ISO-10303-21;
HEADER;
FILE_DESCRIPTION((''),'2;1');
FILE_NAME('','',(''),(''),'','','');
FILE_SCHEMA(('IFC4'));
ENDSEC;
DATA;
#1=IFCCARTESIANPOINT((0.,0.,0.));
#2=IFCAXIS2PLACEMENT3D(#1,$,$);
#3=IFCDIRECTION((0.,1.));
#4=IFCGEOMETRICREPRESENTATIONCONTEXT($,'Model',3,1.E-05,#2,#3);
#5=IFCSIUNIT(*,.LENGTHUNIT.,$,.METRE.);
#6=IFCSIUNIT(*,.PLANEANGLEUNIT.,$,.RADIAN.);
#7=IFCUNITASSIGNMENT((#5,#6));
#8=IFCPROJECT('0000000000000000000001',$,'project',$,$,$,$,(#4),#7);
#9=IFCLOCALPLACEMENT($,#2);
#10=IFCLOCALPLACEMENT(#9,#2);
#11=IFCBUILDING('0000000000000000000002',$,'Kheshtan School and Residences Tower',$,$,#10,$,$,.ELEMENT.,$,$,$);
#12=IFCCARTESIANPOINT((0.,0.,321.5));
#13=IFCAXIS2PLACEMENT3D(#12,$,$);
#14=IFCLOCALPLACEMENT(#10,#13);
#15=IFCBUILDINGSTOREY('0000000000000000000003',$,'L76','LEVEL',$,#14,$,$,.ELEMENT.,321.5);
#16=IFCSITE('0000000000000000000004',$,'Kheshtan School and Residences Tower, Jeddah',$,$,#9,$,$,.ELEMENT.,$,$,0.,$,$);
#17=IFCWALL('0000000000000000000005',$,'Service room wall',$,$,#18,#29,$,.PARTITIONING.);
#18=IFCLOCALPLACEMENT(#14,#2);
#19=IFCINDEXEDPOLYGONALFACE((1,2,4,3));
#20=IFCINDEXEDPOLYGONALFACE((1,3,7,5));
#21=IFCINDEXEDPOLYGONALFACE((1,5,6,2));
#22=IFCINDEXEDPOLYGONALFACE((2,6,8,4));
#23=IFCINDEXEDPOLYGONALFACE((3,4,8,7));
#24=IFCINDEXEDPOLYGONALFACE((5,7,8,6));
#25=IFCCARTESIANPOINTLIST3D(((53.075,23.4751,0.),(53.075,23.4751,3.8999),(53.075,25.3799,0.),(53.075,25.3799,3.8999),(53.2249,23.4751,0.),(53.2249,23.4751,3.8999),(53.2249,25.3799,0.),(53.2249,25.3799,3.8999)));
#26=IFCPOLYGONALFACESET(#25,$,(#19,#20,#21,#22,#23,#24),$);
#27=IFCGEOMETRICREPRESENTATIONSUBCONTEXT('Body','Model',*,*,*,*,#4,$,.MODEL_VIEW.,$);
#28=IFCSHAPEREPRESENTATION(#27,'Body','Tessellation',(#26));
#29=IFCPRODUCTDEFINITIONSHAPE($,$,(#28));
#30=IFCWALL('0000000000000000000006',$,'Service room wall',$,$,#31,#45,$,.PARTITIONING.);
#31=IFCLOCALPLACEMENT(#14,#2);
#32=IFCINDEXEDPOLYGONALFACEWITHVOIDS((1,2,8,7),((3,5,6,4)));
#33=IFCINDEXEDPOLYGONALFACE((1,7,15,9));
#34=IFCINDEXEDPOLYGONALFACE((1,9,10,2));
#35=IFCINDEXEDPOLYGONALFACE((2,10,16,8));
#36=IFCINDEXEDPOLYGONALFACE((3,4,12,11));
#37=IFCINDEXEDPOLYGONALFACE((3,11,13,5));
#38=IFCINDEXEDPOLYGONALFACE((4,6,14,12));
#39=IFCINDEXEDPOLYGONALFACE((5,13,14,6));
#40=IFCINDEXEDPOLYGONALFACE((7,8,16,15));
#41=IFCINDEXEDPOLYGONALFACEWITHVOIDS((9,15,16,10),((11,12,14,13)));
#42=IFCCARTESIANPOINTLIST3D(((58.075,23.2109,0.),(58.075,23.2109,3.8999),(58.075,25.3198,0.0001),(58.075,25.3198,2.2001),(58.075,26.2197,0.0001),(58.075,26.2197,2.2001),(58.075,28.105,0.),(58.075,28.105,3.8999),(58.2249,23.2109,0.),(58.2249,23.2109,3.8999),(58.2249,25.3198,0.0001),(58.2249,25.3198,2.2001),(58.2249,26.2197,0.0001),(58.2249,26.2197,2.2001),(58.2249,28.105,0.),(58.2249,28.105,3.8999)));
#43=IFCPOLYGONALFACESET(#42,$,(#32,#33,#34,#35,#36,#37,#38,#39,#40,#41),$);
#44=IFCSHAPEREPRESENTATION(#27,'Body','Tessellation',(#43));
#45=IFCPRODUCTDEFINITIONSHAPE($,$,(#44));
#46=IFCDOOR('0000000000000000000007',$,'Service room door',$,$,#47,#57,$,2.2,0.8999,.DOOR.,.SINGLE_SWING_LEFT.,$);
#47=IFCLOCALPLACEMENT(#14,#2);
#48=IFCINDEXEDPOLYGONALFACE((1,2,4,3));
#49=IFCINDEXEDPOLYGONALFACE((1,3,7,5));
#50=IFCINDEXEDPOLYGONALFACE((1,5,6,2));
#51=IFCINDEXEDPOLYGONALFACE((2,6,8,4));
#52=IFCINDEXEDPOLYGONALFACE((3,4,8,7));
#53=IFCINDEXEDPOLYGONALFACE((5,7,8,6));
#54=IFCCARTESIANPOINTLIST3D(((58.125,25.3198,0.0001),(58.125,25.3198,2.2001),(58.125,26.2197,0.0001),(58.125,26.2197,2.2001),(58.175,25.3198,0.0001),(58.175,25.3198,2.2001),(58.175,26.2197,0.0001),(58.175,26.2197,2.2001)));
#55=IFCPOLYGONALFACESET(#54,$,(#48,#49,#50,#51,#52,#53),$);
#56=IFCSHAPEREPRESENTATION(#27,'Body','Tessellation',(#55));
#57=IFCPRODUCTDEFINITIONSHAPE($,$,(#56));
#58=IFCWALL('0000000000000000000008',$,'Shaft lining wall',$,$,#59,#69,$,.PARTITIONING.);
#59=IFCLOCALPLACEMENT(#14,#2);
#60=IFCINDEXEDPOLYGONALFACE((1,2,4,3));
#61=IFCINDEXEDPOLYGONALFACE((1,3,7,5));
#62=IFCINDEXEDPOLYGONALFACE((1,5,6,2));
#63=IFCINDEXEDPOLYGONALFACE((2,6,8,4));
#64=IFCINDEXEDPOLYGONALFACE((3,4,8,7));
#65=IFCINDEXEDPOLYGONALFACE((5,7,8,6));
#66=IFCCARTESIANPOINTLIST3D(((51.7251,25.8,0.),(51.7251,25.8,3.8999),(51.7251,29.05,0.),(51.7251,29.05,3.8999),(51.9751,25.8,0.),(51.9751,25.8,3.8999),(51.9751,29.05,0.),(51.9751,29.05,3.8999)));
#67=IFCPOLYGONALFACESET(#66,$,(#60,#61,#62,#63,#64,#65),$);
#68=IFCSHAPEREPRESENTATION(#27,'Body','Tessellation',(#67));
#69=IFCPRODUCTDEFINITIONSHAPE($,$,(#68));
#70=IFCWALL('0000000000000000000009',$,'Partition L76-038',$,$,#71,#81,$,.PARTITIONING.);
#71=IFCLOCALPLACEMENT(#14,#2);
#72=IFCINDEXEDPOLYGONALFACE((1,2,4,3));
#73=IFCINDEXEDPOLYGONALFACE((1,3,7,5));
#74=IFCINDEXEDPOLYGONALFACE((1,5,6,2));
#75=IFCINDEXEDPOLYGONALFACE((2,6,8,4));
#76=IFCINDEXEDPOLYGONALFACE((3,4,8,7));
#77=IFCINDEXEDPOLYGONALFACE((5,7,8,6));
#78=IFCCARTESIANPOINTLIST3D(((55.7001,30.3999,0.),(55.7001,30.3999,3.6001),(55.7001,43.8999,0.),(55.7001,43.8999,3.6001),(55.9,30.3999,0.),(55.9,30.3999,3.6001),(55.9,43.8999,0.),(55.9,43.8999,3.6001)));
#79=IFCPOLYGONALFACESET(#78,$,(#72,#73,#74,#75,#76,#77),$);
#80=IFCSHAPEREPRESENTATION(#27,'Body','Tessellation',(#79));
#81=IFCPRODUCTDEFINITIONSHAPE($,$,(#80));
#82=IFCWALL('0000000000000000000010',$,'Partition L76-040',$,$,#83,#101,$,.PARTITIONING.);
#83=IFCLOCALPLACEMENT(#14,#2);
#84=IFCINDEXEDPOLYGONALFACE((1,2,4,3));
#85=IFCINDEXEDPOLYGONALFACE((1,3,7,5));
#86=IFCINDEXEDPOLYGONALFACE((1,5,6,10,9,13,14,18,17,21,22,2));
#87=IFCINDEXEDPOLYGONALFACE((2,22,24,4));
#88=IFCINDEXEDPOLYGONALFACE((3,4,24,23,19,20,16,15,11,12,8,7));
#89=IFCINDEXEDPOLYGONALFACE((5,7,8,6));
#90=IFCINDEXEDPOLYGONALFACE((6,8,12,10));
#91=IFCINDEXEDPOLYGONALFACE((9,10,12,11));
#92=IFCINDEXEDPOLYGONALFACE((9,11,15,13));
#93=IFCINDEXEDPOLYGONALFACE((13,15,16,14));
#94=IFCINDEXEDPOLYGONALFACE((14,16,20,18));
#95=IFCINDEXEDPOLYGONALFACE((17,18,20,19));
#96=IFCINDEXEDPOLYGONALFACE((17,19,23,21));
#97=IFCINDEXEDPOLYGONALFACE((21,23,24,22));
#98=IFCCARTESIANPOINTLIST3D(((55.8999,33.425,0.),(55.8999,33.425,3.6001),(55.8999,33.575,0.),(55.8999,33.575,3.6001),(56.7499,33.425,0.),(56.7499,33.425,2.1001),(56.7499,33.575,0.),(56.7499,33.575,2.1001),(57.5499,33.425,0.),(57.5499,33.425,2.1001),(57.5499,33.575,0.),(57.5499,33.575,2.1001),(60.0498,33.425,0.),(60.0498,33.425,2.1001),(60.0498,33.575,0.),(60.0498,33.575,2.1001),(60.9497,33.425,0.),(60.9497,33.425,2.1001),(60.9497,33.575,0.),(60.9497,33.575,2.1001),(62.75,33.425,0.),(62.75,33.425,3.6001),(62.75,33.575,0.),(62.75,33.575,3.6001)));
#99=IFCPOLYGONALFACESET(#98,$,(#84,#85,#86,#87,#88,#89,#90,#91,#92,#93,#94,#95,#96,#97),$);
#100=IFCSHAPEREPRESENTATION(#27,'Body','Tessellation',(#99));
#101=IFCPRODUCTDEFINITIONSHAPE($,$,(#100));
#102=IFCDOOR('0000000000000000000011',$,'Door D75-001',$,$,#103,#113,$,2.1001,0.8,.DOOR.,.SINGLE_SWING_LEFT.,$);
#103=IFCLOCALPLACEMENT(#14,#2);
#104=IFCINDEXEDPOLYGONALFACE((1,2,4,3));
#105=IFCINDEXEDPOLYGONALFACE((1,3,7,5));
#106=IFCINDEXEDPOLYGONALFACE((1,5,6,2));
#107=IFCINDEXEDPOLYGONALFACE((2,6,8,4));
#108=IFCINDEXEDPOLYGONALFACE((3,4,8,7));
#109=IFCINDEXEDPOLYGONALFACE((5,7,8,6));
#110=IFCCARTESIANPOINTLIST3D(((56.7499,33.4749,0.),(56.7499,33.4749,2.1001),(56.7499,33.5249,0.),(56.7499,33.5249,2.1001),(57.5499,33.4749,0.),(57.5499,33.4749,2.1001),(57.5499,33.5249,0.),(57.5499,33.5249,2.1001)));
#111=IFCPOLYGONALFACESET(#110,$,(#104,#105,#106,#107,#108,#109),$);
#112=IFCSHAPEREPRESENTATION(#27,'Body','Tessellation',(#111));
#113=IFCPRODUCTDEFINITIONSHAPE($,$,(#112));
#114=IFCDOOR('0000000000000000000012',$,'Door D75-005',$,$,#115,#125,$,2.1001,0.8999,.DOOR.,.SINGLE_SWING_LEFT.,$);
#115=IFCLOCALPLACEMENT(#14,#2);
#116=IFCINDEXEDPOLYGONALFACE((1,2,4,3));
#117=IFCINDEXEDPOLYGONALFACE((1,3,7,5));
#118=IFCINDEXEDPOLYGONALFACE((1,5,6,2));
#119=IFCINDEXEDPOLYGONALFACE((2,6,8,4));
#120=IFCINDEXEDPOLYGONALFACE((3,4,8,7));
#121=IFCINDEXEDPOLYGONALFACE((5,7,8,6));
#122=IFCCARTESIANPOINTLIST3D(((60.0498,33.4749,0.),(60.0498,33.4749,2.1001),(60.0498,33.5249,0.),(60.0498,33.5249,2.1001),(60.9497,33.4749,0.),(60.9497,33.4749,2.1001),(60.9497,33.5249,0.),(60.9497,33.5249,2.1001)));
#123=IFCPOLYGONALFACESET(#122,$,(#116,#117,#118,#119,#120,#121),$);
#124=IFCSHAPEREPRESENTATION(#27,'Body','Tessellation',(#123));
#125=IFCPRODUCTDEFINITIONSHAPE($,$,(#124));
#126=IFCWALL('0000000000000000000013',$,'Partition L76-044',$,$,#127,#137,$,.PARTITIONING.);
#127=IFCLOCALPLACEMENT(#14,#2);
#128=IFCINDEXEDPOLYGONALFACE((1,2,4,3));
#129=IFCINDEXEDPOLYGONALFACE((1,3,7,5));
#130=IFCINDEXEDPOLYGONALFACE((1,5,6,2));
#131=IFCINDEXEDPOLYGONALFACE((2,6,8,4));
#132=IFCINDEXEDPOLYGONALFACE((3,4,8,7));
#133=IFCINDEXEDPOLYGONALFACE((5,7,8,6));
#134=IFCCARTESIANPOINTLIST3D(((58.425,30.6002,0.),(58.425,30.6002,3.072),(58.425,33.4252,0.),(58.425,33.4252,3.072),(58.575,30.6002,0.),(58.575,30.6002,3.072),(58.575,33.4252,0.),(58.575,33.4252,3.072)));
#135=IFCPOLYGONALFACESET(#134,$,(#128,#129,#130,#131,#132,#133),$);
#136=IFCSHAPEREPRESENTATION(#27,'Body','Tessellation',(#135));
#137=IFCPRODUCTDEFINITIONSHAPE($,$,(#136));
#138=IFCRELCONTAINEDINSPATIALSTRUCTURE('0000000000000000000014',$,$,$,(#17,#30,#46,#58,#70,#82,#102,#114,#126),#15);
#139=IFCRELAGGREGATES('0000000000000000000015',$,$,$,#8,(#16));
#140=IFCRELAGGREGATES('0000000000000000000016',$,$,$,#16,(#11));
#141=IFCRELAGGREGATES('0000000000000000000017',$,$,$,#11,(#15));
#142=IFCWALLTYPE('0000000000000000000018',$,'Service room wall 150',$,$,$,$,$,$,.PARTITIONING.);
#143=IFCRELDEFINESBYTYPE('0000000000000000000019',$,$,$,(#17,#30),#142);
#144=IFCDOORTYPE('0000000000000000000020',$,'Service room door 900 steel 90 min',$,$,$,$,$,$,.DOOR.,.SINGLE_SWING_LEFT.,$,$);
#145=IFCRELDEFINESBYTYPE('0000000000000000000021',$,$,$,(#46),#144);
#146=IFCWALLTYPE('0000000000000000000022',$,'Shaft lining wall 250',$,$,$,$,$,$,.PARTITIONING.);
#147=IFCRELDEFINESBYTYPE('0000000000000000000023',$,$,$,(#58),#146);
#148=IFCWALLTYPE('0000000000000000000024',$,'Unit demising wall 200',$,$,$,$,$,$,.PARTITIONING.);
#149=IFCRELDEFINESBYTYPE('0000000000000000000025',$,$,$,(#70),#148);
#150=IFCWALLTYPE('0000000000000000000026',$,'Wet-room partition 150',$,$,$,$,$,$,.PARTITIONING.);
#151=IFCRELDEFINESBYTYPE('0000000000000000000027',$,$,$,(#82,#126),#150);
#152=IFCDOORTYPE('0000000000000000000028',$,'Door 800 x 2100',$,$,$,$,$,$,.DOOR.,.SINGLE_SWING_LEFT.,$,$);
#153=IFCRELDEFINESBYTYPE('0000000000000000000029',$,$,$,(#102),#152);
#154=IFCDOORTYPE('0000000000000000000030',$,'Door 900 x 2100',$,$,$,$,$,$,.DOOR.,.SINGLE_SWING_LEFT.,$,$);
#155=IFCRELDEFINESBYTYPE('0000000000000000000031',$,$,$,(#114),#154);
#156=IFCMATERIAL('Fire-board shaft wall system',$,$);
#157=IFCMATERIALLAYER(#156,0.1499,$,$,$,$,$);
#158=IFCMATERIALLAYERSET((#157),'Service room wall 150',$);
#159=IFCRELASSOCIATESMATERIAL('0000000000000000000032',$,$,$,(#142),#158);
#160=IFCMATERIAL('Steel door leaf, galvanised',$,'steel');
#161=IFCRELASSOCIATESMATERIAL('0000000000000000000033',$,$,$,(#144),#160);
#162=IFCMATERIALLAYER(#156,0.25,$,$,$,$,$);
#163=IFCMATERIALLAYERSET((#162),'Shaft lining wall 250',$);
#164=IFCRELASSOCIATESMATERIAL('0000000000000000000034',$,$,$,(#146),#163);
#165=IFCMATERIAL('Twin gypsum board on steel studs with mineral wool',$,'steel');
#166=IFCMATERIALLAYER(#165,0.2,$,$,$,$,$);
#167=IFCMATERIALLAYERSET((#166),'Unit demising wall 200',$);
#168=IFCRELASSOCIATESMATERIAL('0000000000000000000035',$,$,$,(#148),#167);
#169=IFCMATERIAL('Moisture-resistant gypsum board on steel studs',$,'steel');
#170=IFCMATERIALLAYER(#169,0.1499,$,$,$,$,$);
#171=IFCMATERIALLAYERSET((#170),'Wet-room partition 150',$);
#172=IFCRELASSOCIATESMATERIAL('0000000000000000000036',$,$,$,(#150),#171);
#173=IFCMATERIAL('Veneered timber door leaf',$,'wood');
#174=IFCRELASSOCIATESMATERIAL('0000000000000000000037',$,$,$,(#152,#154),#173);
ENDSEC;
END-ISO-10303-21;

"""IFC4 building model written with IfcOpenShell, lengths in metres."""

from ifc_helpers import new_model, si_unit, direction, frame, frame_2d, origin, place, context, subcontext, project, spatial, rectangle, extrude, source, transform, mapped, material, layer, layer_set, type_object, element, fill, save


model = new_model("IFC4")

# Units and contexts
model_context = context("Model", 3, precision=1e-05, world=origin(), true_north=direction((0.0, 1.0)))
body_context = subcontext(model_context, "Body", "Model", "MODEL_VIEW")
ifc_project = project(units=[si_unit("LENGTHUNIT", "METRE"), si_unit("PLANEANGLEUNIT", "RADIAN")], contexts=[model_context])

# Site, building, storey
site_placement = place(None, origin())
site = spatial("IfcSite", under=ifc_project, at=site_placement, Name="Kheshtan School and Residences Tower, Jeddah", CompositionType="ELEMENT", RefElevation=0.0)
building_placement = place(site_placement, origin())
building = spatial("IfcBuilding", under=site, at=building_placement, Name="Kheshtan School and Residences Tower", CompositionType="ELEMENT")
storey_placement = place(building_placement, frame((0.0, 0.0, 321.5)))
storey = spatial("IfcBuildingStorey", under=building, at=storey_placement, Name="L76", Description="LEVEL", CompositionType="ELEMENT", Elevation=321.5)

# Shared definitions
ifc_material_1 = material(Name="Steel door leaf, galvanised", Category="steel")

# Wall
ifc_material_2 = material(Name="Fire-board shaft wall system")
ifc_layer_1 = layer(ifc_material_2, 0.1499)
ifc_layer_set_1 = layer_set([ifc_layer_1], Name="Service room wall 150")
wall_type_1 = type_object("IfcWallType", Name="Service room wall 150", PredefinedType="PARTITIONING", material=ifc_layer_set_1)
wall_1_placement = place(storey_placement, frame((53.1499, 23.4751, 0.0), z_axis=(0.0, 0.0, 1.0), x_axis=(0.0, 1.0, 0.0)))
element("IfcWall", 1, at=wall_1_placement, inside=storey, type_object=wall_type_1, Name="Service room wall", PredefinedType="PARTITIONING", context=body_context, shape_type="SweptSolid", body=[
    extrude(rectangle(XDim=1.9048, YDim=0.1499, at=frame_2d((0.9524, 0.0))), origin(), (0.0, 0.0, 1.0), 3.8999),
])

# Wall, opening, door
wall_2_placement = place(storey_placement, frame((58.1499, 23.2109, 0.0), z_axis=(0.0, 0.0, 1.0), x_axis=(0.0, 1.0, 0.0)))
wall_2 = element("IfcWall", 2, at=wall_2_placement, inside=storey, type_object=wall_type_1, Name="Service room wall", PredefinedType="PARTITIONING", context=body_context, shape_type="SweptSolid", body=[
    extrude(rectangle(XDim=4.894, YDim=0.1499, at=frame_2d((2.447, 0.0))), origin(), (0.0, 0.0, 1.0), 3.8999),
])
opening_1_placement = place(wall_2_placement, frame((2.1089, 0.0, 0.0)))
opening_1 = element("IfcOpeningElement", 3, at=opening_1_placement, cuts=wall_2, PredefinedType="OPENING", context=body_context, shape_type="SweptSolid", body=[
    extrude(rectangle(XDim=0.8999, YDim=2.2, at=frame_2d((0.45, 1.1001))), frame((0.0, 0.085, 0.0), z_axis=(0.0, -1.0, 0.0), x_axis=(1.0, 0.0, 0.0)), (0.0, 0.0, 1.0), 0.1699),
])
door_type_1 = type_object("IfcDoorType", Name="Service room door 900 steel 90 min", OperationType="SINGLE_SWING_LEFT", PredefinedType="DOOR", material=ifc_material_1)
shared_shape_1 = source(origin(), body_context, "Body", "SweptSolid", [
    extrude(rectangle(XDim=0.8999, YDim=2.2, at=frame_2d((0.45, 1.1001))), frame((0.0, 0.0249, 0.0), z_axis=(0.0, -1.0, 0.0), x_axis=(1.0, 0.0, 0.0)), (0.0, 0.0, 1.0), 0.05),
])
door_1_placement = place(opening_1_placement, origin())
door_1 = element("IfcDoor", 4, at=door_1_placement, inside=storey, type_object=door_type_1, Name="Service room door", OperationType="SINGLE_SWING_LEFT", OverallHeight=2.2, OverallWidth=0.8999, PredefinedType="DOOR", context=body_context, shape_type="MappedRepresentation", body=[
    mapped(shared_shape_1, transform((0.0, 0.0, 0.0), x_axis=(1.0, 0.0, 0.0), y_axis=(0.0, 1.0, 0.0), z_axis=(0.0, 0.0, 1.0), scale=1.0)),
])
fill(opening_1, door_1)

# Walls
ifc_layer_2 = layer(ifc_material_2, 0.25)
ifc_layer_set_2 = layer_set([ifc_layer_2], Name="Shaft lining wall 250")
wall_type_2 = type_object("IfcWallType", Name="Shaft lining wall 250", PredefinedType="PARTITIONING", material=ifc_layer_set_2)
wall_3_placement = place(storey_placement, frame((51.8501, 25.8, 0.0), z_axis=(0.0, 0.0, 1.0), x_axis=(0.0, 1.0, 0.0)))
element("IfcWall", 5, at=wall_3_placement, inside=storey, type_object=wall_type_2, Name="Shaft lining wall", PredefinedType="PARTITIONING", context=body_context, shape_type="SweptSolid", body=[
    extrude(rectangle(XDim=3.25, YDim=0.25, at=frame_2d((1.625, 0.0))), origin(), (0.0, 0.0, 1.0), 3.8999),
])
ifc_material_3 = material(Name="Twin gypsum board on steel studs with mineral wool", Category="steel")
ifc_layer_3 = layer(ifc_material_3, 0.2)
ifc_layer_set_3 = layer_set([ifc_layer_3], Name="Unit demising wall 200")
wall_type_3 = type_object("IfcWallType", Name="Unit demising wall 200", PredefinedType="PARTITIONING", material=ifc_layer_set_3)
wall_4_placement = place(storey_placement, frame((55.8, 30.3999, 0.0), z_axis=(0.0, 0.0, 1.0), x_axis=(0.0, 1.0, 0.0)))
element("IfcWall", 6, at=wall_4_placement, inside=storey, type_object=wall_type_3, Name="Partition L76-038", PredefinedType="PARTITIONING", context=body_context, shape_type="SweptSolid", body=[
    extrude(rectangle(XDim=13.5, YDim=0.2, at=frame_2d((6.75, 0.0))), origin(), (0.0, 0.0, 1.0), 3.6001),
])

# Wall, openings, doors
ifc_material_4 = material(Name="Moisture-resistant gypsum board on steel studs", Category="steel")
ifc_layer_4 = layer(ifc_material_4, 0.1499)
ifc_layer_set_4 = layer_set([ifc_layer_4], Name="Wet-room partition 150")
wall_type_4 = type_object("IfcWallType", Name="Wet-room partition 150", PredefinedType="PARTITIONING", material=ifc_layer_set_4)
wall_5_placement = place(storey_placement, frame((55.8999, 33.5, 0.0), z_axis=(0.0, 0.0, 1.0), x_axis=(1.0, 0.0, 0.0)))
wall_5 = element("IfcWall", 7, at=wall_5_placement, inside=storey, type_object=wall_type_4, Name="Partition L76-040", PredefinedType="PARTITIONING", context=body_context, shape_type="SweptSolid", body=[
    extrude(rectangle(XDim=6.8501, YDim=0.1499, at=frame_2d((3.425, 0.0))), origin(), (0.0, 0.0, 1.0), 3.6001),
])
opening_2_placement = place(wall_5_placement, frame((0.8501, 0.0, 0.0)))
opening_2 = element("IfcOpeningElement", 8, at=opening_2_placement, cuts=wall_5, PredefinedType="OPENING", context=body_context, shape_type="SweptSolid", body=[
    extrude(rectangle(XDim=0.8, YDim=2.1001, at=frame_2d((0.3999, 1.05))), frame((0.0, 0.085, 0.0), z_axis=(0.0, -1.0, 0.0), x_axis=(1.0, 0.0, 0.0)), (0.0, 0.0, 1.0), 0.1699),
])
opening_3_placement = place(wall_5_placement, frame((4.1499, 0.0, 0.0)))
opening_3 = element("IfcOpeningElement", 9, at=opening_3_placement, cuts=wall_5, PredefinedType="OPENING", context=body_context, shape_type="SweptSolid", body=[
    extrude(rectangle(XDim=0.8999, YDim=2.1001, at=frame_2d((0.45, 1.05))), frame((0.0, 0.085, 0.0), z_axis=(0.0, -1.0, 0.0), x_axis=(1.0, 0.0, 0.0)), (0.0, 0.0, 1.0), 0.1699),
])
ifc_material_5 = material(Name="Veneered timber door leaf", Category="wood")
door_type_2 = type_object("IfcDoorType", Name="Door 800 x 2100", OperationType="SINGLE_SWING_LEFT", PredefinedType="DOOR", material=ifc_material_5)
shared_shape_2 = source(origin(), body_context, "Body", "SweptSolid", [
    extrude(rectangle(XDim=0.8, YDim=2.1001, at=frame_2d((0.3999, 1.05))), frame((0.0, 0.0249, 0.0), z_axis=(0.0, -1.0, 0.0), x_axis=(1.0, 0.0, 0.0)), (0.0, 0.0, 1.0), 0.05),
])
door_2_placement = place(opening_2_placement, origin())
door_2 = element("IfcDoor", 10, at=door_2_placement, inside=storey, type_object=door_type_2, Name="Door D75-001", OperationType="SINGLE_SWING_LEFT", OverallHeight=2.1001, OverallWidth=0.8, PredefinedType="DOOR", context=body_context, shape_type="MappedRepresentation", body=[
    mapped(shared_shape_2, transform((0.0, 0.0, 0.0), x_axis=(1.0, 0.0, 0.0), y_axis=(0.0, 1.0, 0.0), z_axis=(0.0, 0.0, 1.0), scale=1.0)),
])
fill(opening_2, door_2)
door_type_3 = type_object("IfcDoorType", Name="Door 900 x 2100", OperationType="SINGLE_SWING_LEFT", PredefinedType="DOOR", material=ifc_material_5)
shared_shape_3 = source(origin(), body_context, "Body", "SweptSolid", [
    extrude(rectangle(XDim=0.8999, YDim=2.1001, at=frame_2d((0.45, 1.05))), frame((0.0, 0.0249, 0.0), z_axis=(0.0, -1.0, 0.0), x_axis=(1.0, 0.0, 0.0)), (0.0, 0.0, 1.0), 0.05),
])
door_3_placement = place(opening_3_placement, origin())
door_3 = element("IfcDoor", 11, at=door_3_placement, inside=storey, type_object=door_type_3, Name="Door D75-005", OperationType="SINGLE_SWING_LEFT", OverallHeight=2.1001, OverallWidth=0.8999, PredefinedType="DOOR", context=body_context, shape_type="MappedRepresentation", body=[
    mapped(shared_shape_3, transform((0.0, 0.0, 0.0), x_axis=(1.0, 0.0, 0.0), y_axis=(0.0, 1.0, 0.0), z_axis=(0.0, 0.0, 1.0), scale=1.0)),
])
fill(opening_3, door_3)

# Wall
wall_6_placement = place(storey_placement, frame((58.5, 30.6001, 0.0), z_axis=(0.0, 0.0, 1.0), x_axis=(0.0, 1.0, 0.0)))
element("IfcWall", 12, at=wall_6_placement, inside=storey, type_object=wall_type_4, Name="Partition L76-044", PredefinedType="PARTITIONING", context=body_context, shape_type="SweptSolid", body=[
    extrude(rectangle(XDim=2.825, YDim=0.1499, at=frame_2d((1.4126, 0.0))), origin(), (0.0, 0.0, 1.0), 3.072),
])

save(model, "model.ifc")
